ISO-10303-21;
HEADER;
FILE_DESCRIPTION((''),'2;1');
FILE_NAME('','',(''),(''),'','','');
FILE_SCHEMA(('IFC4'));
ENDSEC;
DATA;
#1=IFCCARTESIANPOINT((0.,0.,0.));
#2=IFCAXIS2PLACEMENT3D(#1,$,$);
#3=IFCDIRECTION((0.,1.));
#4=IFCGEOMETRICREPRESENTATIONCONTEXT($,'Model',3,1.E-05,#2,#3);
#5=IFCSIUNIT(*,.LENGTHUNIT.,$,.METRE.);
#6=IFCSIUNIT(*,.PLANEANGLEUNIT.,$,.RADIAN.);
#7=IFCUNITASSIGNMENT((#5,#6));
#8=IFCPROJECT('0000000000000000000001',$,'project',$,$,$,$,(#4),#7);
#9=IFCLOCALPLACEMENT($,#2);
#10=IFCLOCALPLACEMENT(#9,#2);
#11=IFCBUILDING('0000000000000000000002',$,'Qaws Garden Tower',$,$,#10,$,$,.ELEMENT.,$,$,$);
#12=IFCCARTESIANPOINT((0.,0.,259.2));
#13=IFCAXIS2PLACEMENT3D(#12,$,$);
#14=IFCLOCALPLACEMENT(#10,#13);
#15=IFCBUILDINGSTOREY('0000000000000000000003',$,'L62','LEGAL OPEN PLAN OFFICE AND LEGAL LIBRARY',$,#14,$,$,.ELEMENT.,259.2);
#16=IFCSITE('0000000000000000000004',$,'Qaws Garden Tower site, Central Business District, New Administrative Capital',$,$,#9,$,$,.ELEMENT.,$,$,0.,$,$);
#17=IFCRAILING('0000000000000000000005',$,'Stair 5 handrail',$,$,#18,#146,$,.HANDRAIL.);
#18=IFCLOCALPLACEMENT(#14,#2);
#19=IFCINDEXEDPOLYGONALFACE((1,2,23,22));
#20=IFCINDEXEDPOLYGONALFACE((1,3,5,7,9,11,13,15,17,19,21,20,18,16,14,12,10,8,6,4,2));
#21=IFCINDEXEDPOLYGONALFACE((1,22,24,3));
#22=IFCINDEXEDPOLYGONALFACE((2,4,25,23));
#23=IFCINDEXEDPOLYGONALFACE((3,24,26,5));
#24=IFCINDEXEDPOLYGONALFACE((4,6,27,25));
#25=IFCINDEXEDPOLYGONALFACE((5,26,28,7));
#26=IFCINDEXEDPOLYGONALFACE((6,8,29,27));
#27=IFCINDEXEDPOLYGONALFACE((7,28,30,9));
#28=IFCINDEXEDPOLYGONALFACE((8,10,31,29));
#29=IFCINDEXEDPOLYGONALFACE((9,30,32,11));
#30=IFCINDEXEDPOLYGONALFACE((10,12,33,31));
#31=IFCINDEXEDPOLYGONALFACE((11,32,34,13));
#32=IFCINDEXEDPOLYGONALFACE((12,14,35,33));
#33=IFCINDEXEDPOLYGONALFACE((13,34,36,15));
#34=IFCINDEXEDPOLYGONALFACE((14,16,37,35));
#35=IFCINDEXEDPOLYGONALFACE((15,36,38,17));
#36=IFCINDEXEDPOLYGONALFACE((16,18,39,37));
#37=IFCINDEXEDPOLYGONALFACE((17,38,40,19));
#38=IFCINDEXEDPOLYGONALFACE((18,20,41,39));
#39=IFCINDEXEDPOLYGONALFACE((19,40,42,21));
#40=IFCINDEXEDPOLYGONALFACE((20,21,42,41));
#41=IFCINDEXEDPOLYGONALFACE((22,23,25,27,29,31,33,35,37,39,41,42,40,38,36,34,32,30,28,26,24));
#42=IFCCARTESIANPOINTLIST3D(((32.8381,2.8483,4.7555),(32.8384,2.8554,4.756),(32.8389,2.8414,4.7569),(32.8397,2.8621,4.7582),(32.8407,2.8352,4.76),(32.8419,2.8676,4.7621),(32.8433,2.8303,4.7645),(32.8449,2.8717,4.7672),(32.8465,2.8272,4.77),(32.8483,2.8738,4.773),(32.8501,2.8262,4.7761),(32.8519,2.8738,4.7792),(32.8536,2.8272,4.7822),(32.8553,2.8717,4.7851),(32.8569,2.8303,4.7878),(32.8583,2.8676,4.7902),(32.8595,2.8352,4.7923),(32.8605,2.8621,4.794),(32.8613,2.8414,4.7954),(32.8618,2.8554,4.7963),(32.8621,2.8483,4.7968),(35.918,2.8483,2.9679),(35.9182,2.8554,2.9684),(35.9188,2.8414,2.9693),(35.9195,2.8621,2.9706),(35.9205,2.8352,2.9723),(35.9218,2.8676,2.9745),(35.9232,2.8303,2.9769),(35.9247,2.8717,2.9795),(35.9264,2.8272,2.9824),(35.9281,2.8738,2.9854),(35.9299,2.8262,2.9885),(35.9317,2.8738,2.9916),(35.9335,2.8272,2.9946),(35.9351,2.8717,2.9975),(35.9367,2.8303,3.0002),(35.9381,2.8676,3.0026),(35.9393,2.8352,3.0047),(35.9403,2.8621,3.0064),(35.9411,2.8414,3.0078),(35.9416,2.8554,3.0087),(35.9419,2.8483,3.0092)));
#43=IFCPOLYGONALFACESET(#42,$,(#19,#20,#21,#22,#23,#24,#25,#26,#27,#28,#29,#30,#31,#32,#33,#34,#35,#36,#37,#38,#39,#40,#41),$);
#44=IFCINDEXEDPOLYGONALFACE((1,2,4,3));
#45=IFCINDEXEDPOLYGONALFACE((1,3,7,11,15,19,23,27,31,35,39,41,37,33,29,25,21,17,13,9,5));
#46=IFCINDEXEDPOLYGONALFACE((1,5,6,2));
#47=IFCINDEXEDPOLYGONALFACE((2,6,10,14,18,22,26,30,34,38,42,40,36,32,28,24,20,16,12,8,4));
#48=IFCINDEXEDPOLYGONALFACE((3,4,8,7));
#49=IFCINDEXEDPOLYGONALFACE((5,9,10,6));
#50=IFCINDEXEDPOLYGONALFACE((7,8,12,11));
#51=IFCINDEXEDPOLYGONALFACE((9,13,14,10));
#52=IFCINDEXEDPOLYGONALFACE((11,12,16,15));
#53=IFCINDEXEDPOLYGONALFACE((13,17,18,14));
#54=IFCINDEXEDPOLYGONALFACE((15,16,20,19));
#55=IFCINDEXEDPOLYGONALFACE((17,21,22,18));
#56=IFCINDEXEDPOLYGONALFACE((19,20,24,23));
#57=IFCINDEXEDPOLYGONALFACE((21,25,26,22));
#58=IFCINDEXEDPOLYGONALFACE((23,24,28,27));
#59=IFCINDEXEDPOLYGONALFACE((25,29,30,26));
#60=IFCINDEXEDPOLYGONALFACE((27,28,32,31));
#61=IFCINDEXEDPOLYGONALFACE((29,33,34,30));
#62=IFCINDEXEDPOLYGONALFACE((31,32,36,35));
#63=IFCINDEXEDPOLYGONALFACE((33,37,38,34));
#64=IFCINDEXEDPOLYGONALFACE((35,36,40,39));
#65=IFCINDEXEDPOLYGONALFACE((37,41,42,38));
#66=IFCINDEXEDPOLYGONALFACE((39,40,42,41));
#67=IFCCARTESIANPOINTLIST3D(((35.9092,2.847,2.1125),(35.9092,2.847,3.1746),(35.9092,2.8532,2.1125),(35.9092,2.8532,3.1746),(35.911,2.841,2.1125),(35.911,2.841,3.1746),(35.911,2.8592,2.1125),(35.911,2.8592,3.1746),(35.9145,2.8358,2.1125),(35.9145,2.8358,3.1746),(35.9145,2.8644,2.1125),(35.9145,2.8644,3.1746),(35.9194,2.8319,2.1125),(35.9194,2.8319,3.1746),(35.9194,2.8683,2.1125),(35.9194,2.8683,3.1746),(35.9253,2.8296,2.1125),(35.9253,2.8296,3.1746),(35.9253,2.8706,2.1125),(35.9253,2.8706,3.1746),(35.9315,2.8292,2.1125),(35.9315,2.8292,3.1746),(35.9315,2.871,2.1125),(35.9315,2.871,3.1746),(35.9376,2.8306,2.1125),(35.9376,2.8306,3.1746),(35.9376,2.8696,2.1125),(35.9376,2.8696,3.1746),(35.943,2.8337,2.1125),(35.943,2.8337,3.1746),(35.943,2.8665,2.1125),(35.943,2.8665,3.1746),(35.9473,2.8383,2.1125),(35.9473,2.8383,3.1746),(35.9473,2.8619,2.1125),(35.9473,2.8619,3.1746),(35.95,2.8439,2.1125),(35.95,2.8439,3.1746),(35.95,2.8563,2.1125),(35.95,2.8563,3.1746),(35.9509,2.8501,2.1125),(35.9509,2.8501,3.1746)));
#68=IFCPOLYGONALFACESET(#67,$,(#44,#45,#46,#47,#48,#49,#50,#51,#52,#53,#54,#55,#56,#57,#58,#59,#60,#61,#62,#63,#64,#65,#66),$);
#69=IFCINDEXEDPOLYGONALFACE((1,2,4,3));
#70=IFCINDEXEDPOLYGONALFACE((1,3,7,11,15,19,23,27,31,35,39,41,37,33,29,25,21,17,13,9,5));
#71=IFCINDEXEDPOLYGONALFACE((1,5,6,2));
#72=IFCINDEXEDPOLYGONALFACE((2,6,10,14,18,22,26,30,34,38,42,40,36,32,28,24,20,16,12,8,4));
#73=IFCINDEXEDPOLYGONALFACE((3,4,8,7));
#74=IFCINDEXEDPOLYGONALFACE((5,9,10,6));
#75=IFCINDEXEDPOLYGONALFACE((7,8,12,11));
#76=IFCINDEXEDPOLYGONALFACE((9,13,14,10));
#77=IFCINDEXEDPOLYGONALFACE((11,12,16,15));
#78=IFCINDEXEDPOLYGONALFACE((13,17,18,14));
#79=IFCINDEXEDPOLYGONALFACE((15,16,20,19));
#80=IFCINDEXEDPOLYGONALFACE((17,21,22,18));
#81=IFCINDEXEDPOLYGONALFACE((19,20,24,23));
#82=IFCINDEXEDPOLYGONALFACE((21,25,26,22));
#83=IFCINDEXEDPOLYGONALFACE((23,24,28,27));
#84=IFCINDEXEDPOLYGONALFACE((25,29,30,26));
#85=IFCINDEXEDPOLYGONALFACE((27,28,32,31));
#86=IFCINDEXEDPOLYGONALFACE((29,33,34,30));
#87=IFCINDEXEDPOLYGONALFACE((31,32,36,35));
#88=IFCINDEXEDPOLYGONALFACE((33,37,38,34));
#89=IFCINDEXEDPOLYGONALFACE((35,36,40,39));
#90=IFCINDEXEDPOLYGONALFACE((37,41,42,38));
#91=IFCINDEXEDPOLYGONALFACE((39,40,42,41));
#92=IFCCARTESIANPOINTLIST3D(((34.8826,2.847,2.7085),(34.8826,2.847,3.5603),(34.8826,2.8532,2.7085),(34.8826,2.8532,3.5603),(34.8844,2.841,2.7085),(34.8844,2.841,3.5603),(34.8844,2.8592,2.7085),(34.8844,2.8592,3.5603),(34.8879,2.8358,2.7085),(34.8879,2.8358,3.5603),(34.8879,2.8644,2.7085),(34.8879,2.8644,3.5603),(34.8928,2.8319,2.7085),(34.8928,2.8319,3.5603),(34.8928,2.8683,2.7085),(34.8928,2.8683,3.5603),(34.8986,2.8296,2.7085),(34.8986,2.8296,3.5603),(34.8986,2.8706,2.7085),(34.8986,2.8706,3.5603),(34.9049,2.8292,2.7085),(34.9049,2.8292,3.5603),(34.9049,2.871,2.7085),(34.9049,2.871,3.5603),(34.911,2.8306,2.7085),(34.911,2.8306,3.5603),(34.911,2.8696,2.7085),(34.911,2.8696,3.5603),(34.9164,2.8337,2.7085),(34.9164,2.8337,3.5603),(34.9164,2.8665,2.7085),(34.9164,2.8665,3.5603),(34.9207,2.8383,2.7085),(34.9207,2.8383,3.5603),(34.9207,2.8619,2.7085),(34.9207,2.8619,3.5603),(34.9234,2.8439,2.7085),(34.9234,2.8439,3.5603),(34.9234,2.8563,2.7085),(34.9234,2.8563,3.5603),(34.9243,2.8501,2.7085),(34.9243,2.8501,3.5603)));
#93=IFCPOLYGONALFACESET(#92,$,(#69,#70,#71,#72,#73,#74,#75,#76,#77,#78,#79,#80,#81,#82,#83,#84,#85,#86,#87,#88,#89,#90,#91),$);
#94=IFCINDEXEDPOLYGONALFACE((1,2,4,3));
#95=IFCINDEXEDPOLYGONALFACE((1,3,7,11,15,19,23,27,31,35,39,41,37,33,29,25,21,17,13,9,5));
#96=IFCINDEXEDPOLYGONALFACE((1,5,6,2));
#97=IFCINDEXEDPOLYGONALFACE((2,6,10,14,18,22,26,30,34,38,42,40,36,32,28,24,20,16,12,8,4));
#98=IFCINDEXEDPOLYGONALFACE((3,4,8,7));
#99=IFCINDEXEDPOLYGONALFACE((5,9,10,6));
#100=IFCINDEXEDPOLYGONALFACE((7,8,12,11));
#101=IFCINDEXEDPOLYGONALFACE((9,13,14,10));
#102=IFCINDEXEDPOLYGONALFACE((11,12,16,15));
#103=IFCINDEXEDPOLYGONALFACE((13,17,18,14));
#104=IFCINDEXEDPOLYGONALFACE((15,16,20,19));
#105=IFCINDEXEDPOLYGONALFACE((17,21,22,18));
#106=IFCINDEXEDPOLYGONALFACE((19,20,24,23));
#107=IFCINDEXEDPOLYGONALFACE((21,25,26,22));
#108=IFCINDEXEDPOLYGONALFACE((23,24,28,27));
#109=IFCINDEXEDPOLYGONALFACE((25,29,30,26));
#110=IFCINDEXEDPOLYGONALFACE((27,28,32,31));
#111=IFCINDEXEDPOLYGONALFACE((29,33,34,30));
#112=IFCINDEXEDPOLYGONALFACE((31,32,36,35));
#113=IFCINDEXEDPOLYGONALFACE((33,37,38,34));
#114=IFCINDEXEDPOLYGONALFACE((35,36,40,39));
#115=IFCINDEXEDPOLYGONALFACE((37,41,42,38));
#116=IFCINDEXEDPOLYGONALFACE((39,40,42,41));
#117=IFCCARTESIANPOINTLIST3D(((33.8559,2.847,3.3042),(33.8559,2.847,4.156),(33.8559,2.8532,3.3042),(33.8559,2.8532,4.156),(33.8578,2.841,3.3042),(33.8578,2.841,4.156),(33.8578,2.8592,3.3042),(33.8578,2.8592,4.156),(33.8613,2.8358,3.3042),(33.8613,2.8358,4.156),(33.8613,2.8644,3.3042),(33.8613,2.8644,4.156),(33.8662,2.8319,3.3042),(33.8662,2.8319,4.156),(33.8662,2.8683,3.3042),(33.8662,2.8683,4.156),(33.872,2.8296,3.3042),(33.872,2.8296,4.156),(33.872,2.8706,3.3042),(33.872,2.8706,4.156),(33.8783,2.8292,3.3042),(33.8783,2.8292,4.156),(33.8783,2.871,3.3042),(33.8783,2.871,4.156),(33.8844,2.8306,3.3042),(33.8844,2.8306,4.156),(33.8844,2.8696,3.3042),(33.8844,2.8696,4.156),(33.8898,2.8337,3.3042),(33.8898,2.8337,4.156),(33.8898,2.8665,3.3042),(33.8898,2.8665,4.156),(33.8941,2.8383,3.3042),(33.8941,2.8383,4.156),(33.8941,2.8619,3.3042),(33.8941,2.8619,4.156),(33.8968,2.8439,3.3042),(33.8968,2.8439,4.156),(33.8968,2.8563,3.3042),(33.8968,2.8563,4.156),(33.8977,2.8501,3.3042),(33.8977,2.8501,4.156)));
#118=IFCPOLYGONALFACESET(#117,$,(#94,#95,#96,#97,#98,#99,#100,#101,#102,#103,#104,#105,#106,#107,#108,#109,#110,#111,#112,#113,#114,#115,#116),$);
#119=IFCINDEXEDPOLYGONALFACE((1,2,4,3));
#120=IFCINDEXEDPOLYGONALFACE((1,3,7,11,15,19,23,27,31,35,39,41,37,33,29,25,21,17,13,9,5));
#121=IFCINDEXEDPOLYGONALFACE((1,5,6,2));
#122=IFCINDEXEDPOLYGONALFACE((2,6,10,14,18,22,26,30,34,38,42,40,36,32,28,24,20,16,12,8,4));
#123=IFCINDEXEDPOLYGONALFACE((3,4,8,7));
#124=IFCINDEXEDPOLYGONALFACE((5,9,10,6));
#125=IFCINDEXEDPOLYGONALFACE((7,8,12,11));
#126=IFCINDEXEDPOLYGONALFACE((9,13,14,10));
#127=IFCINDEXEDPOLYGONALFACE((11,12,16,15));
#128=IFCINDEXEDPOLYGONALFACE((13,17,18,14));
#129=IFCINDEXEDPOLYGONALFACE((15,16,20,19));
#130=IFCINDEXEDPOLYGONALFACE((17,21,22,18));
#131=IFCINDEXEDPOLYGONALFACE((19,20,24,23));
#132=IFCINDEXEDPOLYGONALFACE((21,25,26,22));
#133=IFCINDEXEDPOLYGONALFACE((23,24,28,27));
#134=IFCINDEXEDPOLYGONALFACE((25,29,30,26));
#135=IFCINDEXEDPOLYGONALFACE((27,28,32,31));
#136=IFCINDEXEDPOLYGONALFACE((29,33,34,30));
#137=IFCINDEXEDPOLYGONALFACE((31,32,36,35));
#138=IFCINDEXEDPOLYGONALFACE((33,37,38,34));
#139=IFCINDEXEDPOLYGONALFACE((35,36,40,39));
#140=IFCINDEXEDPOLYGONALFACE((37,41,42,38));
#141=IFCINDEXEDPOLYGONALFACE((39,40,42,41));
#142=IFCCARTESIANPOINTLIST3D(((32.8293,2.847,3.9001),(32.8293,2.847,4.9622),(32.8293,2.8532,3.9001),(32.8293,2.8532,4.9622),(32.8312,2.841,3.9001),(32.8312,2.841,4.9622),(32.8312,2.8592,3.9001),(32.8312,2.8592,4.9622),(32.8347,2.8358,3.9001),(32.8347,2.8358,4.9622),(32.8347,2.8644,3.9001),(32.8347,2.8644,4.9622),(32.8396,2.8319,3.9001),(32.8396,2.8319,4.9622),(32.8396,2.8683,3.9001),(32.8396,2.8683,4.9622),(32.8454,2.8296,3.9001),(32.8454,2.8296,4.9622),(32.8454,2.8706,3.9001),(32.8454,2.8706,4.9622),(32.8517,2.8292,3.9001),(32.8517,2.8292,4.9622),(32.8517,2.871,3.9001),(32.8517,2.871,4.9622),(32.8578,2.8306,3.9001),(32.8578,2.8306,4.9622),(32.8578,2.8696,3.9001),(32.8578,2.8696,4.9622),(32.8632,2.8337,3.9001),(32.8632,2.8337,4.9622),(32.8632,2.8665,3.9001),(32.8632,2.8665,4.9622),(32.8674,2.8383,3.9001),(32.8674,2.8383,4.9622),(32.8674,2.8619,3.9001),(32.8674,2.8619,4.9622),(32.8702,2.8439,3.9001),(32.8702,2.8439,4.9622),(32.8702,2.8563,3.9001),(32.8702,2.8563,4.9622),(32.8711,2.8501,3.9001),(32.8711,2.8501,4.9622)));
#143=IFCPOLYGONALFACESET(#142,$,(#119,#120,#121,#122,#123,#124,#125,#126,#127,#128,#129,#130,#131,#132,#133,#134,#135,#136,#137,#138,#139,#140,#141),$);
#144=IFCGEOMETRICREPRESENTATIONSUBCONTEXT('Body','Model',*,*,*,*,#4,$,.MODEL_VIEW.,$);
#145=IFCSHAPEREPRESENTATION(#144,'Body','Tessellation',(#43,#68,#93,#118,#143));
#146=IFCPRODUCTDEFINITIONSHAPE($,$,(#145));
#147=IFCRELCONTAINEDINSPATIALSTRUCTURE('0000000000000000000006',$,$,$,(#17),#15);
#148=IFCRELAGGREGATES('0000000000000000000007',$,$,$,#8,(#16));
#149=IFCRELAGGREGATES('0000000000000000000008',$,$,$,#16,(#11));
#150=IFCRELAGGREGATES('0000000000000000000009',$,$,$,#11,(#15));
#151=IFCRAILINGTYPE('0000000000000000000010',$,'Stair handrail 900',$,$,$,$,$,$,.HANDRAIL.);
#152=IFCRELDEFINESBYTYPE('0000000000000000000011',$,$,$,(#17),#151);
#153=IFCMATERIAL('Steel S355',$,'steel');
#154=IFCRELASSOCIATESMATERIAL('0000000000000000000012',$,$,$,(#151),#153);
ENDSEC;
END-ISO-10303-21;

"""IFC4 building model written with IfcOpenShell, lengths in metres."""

from ifc_helpers import new_model, si_unit, direction, frame, origin, origin_2d, place, context, subcontext, project, spatial, circle, extrude, material, type_object, element, save


model = new_model("IFC4")

# Units and contexts
model_context = context("Model", 3, precision=1e-05, world=origin(), true_north=direction((0.0, 1.0)))
body_context = subcontext(model_context, "Body", "Model", "MODEL_VIEW")
ifc_project = project(units=[si_unit("LENGTHUNIT", "METRE"), si_unit("PLANEANGLEUNIT", "RADIAN")], contexts=[model_context])

# Site, building, storey
site_placement = place(None, origin())
site = spatial("IfcSite", under=ifc_project, at=site_placement, Name="Qaws Garden Tower site, Central Business District, New Administrative Capital", CompositionType="ELEMENT", RefElevation=0.0)
building_placement = place(site_placement, origin())
building = spatial("IfcBuilding", under=site, at=building_placement, Name="Qaws Garden Tower", CompositionType="ELEMENT")
storey_placement = place(building_placement, frame((0.0, 0.0, 259.2)))
storey = spatial("IfcBuildingStorey", under=building, at=storey_placement, Name="L62", Description="LEGAL OPEN PLAN OFFICE AND LEGAL LIBRARY", CompositionType="ELEMENT", Elevation=259.2)

# Railing
ifc_material_1 = material(Name="Steel S355", Category="steel")
railing_type = type_object("IfcRailingType", Name="Stair handrail 900", PredefinedType="HANDRAIL", material=ifc_material_1)
railing_1_placement = place(storey_placement, frame((35.9299, 2.8501, 2.1125)))
element("IfcRailing", 1, at=railing_1_placement, inside=storey, type_object=railing_type, Name="Stair 5 handrail", PredefinedType="HANDRAIL", context=body_context, shape_type="SweptSolid", body=[
    extrude(circle(Radius=0.0239, at=origin_2d()), frame((0.0, 0.0, 0.876), z_axis=(-0.864873, 0.0, 0.50199), x_axis=(0.0, -1.0, 0.0)), (0.0, 0.0, 1.0), 3.561),
    extrude(circle(Radius=0.021, at=origin_2d()), origin(), (0.0, 0.0, 1.0), 1.062),
    extrude(circle(Radius=0.021, at=origin_2d()), frame((-1.0266, 0.0, 0.5959)), (0.0, 0.0, 1.0), 0.8518),
    extrude(circle(Radius=0.021, at=origin_2d()), frame((-2.0532, 0.0, 1.1917)), (0.0, 0.0, 1.0), 0.8518),
    extrude(circle(Radius=0.021, at=origin_2d()), frame((-3.0798, 0.0, 1.7876)), (0.0, 0.0, 1.0), 1.062),
])

save(model, "model.ifc")
